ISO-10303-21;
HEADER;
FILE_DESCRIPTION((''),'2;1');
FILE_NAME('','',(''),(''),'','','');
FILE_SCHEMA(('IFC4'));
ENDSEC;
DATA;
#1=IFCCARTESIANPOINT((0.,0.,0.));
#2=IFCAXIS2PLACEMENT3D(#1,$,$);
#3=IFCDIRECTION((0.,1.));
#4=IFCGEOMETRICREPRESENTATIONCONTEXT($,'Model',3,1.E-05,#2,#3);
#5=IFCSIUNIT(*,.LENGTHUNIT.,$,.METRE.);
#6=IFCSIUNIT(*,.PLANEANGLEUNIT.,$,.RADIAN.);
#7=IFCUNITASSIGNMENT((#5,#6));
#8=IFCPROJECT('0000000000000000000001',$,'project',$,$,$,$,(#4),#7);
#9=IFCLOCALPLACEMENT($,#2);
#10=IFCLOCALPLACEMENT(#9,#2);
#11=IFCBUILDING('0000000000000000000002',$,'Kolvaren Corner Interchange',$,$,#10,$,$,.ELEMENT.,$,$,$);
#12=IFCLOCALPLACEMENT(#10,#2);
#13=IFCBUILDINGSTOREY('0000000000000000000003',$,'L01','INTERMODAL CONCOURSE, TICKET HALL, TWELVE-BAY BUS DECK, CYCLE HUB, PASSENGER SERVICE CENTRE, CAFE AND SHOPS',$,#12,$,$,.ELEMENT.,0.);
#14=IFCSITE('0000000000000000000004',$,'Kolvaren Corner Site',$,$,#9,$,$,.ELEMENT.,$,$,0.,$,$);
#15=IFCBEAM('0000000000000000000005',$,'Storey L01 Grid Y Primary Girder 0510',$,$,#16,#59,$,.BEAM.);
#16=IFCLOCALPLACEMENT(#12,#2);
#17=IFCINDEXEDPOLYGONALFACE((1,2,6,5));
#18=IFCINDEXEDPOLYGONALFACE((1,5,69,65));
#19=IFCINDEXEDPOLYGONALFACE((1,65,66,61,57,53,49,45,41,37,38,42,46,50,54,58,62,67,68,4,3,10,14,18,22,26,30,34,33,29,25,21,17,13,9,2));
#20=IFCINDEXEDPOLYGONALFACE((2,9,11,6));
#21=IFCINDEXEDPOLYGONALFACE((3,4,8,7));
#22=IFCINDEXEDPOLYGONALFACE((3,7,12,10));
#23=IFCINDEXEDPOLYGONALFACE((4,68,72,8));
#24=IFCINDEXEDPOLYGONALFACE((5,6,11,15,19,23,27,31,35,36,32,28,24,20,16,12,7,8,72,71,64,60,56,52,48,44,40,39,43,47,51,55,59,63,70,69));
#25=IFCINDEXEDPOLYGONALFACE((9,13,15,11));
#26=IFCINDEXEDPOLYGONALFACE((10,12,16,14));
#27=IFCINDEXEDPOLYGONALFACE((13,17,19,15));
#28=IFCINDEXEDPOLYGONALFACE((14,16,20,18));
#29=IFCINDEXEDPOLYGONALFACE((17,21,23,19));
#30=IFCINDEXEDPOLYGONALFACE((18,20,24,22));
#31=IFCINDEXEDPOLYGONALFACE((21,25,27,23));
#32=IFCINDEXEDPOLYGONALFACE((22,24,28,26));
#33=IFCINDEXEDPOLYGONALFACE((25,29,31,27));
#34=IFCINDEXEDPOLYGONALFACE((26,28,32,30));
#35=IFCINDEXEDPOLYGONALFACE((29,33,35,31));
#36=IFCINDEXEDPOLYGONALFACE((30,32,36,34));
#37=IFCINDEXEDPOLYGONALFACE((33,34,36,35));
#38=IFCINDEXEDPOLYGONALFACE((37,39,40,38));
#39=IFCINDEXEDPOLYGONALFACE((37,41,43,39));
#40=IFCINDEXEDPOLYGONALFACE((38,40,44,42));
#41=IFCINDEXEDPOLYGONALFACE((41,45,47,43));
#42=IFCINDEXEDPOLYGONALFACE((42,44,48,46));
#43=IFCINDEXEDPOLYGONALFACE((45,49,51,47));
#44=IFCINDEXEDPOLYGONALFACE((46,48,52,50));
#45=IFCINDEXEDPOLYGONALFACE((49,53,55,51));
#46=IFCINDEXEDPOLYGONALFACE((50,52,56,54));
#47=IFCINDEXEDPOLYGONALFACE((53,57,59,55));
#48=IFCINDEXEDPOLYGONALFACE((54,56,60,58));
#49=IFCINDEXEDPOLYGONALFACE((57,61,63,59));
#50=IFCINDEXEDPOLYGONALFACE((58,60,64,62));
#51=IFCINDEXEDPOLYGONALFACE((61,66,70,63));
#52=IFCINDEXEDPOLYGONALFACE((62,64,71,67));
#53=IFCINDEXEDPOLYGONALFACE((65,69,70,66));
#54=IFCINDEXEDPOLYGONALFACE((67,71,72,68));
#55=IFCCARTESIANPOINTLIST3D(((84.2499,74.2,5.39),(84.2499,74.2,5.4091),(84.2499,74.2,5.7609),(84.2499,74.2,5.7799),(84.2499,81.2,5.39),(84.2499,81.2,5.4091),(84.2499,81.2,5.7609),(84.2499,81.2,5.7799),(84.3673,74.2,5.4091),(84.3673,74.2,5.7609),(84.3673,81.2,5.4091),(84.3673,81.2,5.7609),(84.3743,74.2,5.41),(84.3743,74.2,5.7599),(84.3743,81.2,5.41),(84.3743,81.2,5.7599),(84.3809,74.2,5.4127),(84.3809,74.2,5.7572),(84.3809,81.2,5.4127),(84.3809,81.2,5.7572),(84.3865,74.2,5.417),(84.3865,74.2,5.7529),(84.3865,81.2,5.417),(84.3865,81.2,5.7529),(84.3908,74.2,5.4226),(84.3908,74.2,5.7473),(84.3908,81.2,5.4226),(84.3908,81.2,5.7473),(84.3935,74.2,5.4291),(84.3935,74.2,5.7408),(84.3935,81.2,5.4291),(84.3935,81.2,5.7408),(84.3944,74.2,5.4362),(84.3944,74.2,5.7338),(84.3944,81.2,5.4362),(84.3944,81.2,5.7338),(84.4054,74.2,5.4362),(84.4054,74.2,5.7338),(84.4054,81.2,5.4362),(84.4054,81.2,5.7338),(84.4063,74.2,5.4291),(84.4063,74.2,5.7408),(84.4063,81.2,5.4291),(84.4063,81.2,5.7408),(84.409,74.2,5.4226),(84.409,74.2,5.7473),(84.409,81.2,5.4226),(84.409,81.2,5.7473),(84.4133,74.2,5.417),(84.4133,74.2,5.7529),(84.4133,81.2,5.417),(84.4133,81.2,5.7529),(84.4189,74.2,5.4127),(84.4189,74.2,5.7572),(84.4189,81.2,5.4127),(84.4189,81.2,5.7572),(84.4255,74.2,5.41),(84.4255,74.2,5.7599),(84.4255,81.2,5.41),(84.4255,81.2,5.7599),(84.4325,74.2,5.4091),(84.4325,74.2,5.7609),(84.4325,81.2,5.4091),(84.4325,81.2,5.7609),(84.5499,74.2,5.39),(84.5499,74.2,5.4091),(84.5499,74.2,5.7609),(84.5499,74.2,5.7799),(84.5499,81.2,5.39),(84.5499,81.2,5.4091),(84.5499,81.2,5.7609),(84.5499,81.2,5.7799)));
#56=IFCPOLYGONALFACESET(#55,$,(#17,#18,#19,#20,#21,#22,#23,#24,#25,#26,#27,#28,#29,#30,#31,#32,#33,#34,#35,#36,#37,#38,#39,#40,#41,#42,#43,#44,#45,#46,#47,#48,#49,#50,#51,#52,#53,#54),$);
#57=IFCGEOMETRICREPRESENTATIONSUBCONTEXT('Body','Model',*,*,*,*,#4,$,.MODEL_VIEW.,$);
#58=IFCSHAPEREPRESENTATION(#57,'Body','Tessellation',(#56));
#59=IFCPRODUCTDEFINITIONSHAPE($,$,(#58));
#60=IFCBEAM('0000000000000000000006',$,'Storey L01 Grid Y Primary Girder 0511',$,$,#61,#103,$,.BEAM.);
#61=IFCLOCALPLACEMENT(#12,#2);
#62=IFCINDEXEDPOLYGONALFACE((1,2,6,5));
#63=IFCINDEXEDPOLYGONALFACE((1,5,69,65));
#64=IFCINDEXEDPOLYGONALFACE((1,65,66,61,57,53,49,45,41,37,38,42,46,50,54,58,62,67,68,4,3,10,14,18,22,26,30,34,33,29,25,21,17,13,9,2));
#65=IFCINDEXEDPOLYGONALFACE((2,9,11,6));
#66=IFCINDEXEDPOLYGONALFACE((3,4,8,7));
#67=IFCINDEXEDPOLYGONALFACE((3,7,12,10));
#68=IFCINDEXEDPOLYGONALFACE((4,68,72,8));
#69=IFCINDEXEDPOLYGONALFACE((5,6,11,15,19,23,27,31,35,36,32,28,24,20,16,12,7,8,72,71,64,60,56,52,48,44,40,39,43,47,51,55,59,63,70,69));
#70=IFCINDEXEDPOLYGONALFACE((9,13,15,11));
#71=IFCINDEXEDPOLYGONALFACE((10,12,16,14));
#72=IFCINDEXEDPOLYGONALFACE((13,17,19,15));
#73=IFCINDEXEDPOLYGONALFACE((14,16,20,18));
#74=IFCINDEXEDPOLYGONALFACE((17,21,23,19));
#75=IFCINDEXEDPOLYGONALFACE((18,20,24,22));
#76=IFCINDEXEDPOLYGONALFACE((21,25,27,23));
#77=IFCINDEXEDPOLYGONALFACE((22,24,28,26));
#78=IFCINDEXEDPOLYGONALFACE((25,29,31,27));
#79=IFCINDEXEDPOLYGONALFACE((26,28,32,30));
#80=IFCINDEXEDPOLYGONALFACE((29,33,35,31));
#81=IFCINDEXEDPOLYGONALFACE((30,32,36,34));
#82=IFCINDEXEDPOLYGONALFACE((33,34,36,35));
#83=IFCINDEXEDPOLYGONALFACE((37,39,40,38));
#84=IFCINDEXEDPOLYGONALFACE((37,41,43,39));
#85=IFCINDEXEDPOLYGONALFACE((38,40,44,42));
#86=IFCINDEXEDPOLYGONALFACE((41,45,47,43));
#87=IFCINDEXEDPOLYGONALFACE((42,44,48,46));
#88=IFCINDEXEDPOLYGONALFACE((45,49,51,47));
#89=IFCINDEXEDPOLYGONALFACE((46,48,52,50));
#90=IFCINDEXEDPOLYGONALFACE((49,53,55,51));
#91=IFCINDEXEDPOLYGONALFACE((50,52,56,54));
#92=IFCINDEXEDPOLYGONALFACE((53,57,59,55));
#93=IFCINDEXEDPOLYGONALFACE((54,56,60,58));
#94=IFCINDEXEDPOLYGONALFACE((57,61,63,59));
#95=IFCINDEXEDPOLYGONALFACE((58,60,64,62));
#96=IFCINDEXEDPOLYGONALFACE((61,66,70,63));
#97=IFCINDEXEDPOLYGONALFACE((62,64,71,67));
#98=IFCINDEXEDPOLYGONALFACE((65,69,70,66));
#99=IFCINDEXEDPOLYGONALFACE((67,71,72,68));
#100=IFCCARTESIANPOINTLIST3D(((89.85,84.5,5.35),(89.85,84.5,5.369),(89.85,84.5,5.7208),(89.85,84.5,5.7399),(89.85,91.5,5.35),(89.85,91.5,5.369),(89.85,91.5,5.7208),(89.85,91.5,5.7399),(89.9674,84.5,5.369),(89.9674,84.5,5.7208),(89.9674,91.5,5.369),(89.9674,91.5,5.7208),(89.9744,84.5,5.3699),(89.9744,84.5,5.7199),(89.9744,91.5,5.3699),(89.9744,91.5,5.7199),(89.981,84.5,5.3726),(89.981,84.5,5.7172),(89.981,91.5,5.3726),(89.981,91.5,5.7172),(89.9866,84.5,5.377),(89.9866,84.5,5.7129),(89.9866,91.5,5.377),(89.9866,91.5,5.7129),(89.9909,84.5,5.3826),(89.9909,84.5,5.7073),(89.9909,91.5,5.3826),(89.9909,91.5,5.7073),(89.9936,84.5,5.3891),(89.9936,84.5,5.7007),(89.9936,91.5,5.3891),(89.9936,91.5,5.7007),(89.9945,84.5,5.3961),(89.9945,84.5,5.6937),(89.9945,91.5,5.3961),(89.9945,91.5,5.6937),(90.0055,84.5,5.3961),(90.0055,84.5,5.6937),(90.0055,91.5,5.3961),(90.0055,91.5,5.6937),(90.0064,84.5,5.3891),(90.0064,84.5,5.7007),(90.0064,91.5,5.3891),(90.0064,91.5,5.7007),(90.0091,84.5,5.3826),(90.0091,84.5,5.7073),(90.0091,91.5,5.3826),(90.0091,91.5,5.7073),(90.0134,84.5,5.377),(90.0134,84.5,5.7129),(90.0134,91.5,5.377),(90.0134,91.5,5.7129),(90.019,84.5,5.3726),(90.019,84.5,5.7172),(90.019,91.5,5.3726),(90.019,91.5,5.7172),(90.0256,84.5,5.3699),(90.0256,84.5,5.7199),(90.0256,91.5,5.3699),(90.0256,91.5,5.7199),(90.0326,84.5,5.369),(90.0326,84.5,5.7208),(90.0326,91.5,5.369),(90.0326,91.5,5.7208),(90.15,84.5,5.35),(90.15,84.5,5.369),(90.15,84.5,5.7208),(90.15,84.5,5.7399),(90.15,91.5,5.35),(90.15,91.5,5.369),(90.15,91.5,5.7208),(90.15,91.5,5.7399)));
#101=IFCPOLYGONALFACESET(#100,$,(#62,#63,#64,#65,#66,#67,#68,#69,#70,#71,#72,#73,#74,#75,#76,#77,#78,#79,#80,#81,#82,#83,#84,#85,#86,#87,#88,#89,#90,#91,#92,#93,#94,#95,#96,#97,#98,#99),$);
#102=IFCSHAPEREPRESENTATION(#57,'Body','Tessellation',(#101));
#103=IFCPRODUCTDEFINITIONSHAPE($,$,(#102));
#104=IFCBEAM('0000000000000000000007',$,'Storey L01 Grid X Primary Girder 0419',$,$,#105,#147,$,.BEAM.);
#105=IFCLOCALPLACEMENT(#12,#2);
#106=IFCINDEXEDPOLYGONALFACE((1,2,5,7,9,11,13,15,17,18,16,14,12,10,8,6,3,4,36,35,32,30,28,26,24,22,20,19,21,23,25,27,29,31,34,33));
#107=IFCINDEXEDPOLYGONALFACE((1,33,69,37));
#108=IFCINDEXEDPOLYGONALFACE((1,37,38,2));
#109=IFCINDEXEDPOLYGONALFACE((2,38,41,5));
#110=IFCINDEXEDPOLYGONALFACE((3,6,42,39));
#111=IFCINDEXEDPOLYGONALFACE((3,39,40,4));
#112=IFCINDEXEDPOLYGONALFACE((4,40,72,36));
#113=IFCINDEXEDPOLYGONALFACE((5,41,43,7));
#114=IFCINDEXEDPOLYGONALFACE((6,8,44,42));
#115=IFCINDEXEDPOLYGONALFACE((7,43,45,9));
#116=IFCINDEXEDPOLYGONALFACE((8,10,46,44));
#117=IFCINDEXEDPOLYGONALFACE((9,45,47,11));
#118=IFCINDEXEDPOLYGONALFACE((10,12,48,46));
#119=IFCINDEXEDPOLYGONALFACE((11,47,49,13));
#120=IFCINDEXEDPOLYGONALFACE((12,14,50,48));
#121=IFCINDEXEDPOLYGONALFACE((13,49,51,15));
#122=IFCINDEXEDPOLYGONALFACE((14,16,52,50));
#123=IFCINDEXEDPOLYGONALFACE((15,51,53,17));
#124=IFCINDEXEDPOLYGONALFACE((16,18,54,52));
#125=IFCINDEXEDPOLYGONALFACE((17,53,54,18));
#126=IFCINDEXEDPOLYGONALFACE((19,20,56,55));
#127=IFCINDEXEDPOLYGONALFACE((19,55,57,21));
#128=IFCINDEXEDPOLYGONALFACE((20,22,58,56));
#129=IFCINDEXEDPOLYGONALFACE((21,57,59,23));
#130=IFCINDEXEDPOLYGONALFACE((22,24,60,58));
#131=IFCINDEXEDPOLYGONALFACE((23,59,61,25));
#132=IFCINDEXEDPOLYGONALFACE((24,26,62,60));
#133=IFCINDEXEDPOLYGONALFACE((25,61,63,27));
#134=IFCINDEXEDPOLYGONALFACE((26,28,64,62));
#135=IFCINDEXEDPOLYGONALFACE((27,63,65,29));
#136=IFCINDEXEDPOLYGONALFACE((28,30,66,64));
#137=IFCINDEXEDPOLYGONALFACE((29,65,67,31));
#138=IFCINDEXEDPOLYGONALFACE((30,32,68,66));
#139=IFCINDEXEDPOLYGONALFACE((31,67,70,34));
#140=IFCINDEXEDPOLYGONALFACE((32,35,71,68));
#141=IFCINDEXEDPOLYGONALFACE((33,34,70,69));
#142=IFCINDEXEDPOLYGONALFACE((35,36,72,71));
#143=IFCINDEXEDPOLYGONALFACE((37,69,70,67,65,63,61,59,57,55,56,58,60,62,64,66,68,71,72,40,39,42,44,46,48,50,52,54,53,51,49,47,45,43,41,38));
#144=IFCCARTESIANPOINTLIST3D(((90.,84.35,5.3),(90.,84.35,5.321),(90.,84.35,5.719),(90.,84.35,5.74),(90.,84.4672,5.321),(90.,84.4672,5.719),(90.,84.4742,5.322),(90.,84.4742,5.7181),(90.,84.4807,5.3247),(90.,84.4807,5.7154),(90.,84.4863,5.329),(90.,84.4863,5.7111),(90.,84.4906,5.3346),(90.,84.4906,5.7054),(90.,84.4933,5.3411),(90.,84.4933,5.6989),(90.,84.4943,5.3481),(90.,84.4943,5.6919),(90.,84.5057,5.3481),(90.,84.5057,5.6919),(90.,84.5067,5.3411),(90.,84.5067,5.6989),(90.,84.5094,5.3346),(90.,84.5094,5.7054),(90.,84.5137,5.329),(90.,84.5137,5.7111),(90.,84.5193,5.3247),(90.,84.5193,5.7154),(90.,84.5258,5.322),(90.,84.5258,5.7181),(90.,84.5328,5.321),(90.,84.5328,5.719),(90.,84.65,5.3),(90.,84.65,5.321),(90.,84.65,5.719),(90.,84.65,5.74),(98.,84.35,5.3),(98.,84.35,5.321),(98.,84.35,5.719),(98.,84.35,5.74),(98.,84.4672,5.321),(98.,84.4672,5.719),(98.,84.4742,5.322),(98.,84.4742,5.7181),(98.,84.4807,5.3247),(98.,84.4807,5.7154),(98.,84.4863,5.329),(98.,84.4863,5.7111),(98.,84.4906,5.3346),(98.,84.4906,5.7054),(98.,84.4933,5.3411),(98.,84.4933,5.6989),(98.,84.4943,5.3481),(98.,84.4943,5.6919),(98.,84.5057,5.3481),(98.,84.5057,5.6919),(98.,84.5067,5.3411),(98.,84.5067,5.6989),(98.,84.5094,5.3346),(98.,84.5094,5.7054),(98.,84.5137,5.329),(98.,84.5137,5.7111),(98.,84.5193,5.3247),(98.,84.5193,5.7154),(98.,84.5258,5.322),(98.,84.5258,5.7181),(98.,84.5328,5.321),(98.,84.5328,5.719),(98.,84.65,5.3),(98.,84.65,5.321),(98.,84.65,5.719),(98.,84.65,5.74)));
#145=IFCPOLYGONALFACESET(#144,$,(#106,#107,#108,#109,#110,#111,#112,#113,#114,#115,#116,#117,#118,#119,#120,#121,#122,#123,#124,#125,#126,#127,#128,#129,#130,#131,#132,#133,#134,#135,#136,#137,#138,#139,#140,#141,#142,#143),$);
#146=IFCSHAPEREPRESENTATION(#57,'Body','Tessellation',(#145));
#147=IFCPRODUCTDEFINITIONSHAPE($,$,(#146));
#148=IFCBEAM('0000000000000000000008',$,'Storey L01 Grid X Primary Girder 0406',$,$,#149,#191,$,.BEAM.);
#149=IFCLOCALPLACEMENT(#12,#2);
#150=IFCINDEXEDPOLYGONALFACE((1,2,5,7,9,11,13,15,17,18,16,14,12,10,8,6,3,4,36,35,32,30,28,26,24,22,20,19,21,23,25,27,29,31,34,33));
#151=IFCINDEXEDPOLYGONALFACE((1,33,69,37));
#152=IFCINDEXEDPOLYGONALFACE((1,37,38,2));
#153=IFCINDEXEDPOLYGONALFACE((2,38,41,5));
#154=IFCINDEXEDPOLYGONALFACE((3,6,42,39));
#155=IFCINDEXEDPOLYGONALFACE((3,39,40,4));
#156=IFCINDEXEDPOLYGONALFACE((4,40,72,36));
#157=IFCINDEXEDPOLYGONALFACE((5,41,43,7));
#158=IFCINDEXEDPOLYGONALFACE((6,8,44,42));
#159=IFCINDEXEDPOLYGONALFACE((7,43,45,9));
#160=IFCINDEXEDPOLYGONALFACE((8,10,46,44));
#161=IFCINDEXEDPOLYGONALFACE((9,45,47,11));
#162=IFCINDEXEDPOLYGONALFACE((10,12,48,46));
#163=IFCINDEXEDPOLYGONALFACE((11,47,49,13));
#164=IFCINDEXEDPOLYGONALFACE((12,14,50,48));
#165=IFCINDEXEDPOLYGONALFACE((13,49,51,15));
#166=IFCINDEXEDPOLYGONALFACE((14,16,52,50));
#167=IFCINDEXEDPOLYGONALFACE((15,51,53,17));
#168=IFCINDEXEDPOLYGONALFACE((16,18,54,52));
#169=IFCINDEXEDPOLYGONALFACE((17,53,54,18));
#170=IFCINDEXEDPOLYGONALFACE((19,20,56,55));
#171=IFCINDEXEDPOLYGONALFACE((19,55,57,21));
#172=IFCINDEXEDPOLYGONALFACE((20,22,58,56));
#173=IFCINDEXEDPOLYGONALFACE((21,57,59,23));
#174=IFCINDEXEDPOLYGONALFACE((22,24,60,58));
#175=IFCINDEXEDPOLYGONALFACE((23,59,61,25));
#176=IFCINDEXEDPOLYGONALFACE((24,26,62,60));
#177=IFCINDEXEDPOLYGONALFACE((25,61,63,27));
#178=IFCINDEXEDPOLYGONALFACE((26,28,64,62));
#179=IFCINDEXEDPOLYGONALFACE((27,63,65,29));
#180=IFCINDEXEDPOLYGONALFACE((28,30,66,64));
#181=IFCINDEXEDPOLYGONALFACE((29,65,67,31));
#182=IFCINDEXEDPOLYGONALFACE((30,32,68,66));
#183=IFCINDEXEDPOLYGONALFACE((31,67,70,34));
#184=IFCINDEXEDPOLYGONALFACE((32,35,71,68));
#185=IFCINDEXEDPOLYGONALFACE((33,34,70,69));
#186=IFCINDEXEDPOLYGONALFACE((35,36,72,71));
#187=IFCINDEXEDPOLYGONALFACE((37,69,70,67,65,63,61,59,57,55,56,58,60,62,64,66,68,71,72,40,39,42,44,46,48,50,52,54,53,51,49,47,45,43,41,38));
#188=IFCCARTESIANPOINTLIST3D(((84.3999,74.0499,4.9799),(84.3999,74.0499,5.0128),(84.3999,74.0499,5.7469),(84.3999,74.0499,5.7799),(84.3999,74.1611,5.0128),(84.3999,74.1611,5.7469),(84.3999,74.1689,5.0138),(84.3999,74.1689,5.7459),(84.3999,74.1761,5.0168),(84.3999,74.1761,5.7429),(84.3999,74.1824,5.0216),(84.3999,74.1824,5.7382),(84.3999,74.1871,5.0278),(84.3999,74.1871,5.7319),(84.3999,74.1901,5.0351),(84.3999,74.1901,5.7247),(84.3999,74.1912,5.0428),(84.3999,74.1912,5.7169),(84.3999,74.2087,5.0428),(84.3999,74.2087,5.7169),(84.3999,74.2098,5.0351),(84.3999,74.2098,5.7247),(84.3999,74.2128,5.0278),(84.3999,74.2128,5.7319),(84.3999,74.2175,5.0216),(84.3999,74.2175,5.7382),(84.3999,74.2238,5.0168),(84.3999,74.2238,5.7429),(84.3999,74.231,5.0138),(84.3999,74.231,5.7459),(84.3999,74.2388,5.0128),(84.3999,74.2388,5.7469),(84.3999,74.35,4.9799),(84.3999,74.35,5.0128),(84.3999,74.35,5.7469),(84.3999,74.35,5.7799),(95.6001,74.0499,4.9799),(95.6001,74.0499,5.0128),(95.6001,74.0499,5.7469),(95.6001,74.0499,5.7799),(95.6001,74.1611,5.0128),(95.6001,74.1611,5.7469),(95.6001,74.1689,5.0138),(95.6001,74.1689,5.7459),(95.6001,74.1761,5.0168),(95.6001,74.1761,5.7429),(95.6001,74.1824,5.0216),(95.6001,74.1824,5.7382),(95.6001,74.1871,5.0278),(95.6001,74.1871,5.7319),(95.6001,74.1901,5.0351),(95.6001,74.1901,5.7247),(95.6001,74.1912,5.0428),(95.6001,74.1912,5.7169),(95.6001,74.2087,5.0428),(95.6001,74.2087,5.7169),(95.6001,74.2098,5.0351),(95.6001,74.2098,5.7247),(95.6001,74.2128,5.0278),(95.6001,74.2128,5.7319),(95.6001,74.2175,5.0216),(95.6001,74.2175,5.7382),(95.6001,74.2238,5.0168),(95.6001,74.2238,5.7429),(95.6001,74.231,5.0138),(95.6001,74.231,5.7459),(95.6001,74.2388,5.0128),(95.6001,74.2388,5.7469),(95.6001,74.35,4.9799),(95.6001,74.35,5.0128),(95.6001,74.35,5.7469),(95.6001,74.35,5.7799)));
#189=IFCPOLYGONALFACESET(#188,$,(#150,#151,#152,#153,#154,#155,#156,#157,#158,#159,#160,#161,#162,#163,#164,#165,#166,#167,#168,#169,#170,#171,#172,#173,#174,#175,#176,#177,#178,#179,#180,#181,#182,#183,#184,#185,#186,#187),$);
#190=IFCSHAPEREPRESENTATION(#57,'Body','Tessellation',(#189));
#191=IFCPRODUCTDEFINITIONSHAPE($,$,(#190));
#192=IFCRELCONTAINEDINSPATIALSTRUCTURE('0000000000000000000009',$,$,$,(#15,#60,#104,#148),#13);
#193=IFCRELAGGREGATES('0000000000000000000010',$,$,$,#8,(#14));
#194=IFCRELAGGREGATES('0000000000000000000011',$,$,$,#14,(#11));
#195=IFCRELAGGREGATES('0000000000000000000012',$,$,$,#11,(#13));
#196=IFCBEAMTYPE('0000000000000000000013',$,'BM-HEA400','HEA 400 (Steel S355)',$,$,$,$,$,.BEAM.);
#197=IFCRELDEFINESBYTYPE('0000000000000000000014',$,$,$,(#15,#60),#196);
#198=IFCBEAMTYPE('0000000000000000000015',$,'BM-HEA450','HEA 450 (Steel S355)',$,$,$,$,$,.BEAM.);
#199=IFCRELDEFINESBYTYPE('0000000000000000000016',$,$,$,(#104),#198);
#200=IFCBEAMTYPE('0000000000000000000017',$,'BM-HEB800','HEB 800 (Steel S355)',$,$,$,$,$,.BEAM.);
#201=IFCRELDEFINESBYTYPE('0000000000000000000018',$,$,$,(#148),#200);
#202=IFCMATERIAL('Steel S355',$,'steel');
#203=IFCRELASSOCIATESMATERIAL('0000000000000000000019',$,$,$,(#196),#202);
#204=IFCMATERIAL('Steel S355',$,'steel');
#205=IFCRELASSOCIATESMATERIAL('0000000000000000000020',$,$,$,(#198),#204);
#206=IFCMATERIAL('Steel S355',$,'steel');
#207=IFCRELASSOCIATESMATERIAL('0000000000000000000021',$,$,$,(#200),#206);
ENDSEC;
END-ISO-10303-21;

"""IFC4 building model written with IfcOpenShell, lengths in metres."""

from ifc_helpers import new_model, si_unit, direction, frame, origin, origin_2d, place, context, subcontext, project, spatial, i_section, extrude, material, material_profile, profile_set, type_object, element, save


model = new_model("IFC4")

# Units and contexts
model_context = context("Model", 3, precision=1e-05, world=origin(), true_north=direction((0.0, 1.0)))
body_context = subcontext(model_context, "Body", "Model", "MODEL_VIEW")
ifc_project = project(units=[si_unit("LENGTHUNIT", "METRE"), si_unit("PLANEANGLEUNIT", "RADIAN")], contexts=[model_context])

# Site, building, storey
site_placement = place(None, origin())
site = spatial("IfcSite", under=ifc_project, at=site_placement, Name="Kolvaren Corner Site", CompositionType="ELEMENT", RefElevation=0.0)
building_placement = place(site_placement, origin())
building = spatial("IfcBuilding", under=site, at=building_placement, Name="Kolvaren Corner Interchange", CompositionType="ELEMENT")
storey_placement = place(building_placement, origin())
storey = spatial("IfcBuildingStorey", under=building, at=storey_placement, Name="L01", Description="INTERMODAL CONCOURSE, TICKET HALL, TWELVE-BAY BUS DECK, CYCLE HUB, PASSENGER SERVICE CENTRE, CAFE AND SHOPS", CompositionType="ELEMENT", Elevation=0.0)

# Beams
ifc_material_1 = material(Name="Steel S355", Category="steel")
ifc_material_profile_1 = material_profile(ifc_material_1, i_section(OverallWidth=0.3, OverallDepth=0.3899, WebThickness=0.011, FlangeThickness=0.019, FilletRadius=0.0271, at=origin_2d()), Name="HEA 400")
ifc_profile_set_1 = profile_set([ifc_material_profile_1], Name="Steel S355")
beam_type_1 = type_object("IfcBeamType", Name="BM-HEA400", Description="HEA 400 (Steel S355)", PredefinedType="BEAM", material=ifc_profile_set_1)
for number, where, z_axis, x_axis, name in (
    (1, (84.3999, 74.2, 5.585), (0.0, 1.0, 0.0), (-1.0, 0.0, 0.0), "Storey L01 Grid Y Primary Girder 0510"),
    (2, (90.0, 84.5, 5.5449), (0.0, 1.0, 0.0), (-1.0, 0.0, 0.0), "Storey L01 Grid Y Primary Girder 0511"),
):
    element("IfcBeam", number, at=place(storey_placement, frame(where, z_axis=z_axis, x_axis=x_axis)), inside=storey, type_object=beam_type_1, Name=name, PredefinedType="BEAM", context=body_context, shape_type="SweptSolid", body=[
        extrude(i_section(OverallWidth=0.3, OverallDepth=0.3899, WebThickness=0.011, FlangeThickness=0.019, FilletRadius=0.0271, at=origin_2d()), origin(), (0.0, 0.0, 1.0), 7.0),
    ])
ifc_material_2 = material(Name="Steel S355", Category="steel")
ifc_material_profile_2 = material_profile(ifc_material_2, i_section(OverallWidth=0.3, OverallDepth=0.4399, WebThickness=0.0115, FlangeThickness=0.021, FilletRadius=0.0271, at=origin_2d()), Name="HEA 450")
ifc_profile_set_2 = profile_set([ifc_material_profile_2], Name="Steel S355")
beam_type_2 = type_object("IfcBeamType", Name="BM-HEA450", Description="HEA 450 (Steel S355)", PredefinedType="BEAM", material=ifc_profile_set_2)
beam_placement = place(storey_placement, frame((90.0, 84.5, 5.52), z_axis=(1.0, 0.0, 0.0), x_axis=(0.0, 1.0, 0.0)))
element("IfcBeam", 3, at=beam_placement, inside=storey, type_object=beam_type_2, Name="Storey L01 Grid X Primary Girder 0419", PredefinedType="BEAM", context=body_context, shape_type="SweptSolid", body=[
    extrude(i_section(OverallWidth=0.3, OverallDepth=0.4399, WebThickness=0.0115, FlangeThickness=0.021, FilletRadius=0.0271, at=origin_2d()), origin(), (0.0, 0.0, 1.0), 8.0),
])
ifc_material_3 = material(Name="Steel S355", Category="steel")
ifc_material_profile_3 = material_profile(ifc_material_3, i_section(OverallWidth=0.3, OverallDepth=0.8, WebThickness=0.0176, FlangeThickness=0.033, FilletRadius=0.03, at=origin_2d()), Name="HEB 800")
ifc_profile_set_3 = profile_set([ifc_material_profile_3], Name="Steel S355")
beam_type_3 = type_object("IfcBeamType", Name="BM-HEB800", Description="HEB 800 (Steel S355)", PredefinedType="BEAM", material=ifc_profile_set_3)
for number, where, z_axis, x_axis, name in (
    (4, (84.3999, 74.2, 5.3799), (1.0, 0.0, 0.0), (0.0, 1.0, 0.0), "Storey L01 Grid X Primary Girder 0406"),
):
    element("IfcBeam", number, at=place(storey_placement, frame(where, z_axis=z_axis, x_axis=x_axis)), inside=storey, type_object=beam_type_3, Name=name, PredefinedType="BEAM", context=body_context, shape_type="SweptSolid", body=[
        extrude(i_section(OverallWidth=0.3, OverallDepth=0.8, WebThickness=0.0176, FlangeThickness=0.033, FilletRadius=0.03, at=origin_2d()), origin(), (0.0, 0.0, 1.0), 11.2002),
    ])

save(model, "model.ifc")
